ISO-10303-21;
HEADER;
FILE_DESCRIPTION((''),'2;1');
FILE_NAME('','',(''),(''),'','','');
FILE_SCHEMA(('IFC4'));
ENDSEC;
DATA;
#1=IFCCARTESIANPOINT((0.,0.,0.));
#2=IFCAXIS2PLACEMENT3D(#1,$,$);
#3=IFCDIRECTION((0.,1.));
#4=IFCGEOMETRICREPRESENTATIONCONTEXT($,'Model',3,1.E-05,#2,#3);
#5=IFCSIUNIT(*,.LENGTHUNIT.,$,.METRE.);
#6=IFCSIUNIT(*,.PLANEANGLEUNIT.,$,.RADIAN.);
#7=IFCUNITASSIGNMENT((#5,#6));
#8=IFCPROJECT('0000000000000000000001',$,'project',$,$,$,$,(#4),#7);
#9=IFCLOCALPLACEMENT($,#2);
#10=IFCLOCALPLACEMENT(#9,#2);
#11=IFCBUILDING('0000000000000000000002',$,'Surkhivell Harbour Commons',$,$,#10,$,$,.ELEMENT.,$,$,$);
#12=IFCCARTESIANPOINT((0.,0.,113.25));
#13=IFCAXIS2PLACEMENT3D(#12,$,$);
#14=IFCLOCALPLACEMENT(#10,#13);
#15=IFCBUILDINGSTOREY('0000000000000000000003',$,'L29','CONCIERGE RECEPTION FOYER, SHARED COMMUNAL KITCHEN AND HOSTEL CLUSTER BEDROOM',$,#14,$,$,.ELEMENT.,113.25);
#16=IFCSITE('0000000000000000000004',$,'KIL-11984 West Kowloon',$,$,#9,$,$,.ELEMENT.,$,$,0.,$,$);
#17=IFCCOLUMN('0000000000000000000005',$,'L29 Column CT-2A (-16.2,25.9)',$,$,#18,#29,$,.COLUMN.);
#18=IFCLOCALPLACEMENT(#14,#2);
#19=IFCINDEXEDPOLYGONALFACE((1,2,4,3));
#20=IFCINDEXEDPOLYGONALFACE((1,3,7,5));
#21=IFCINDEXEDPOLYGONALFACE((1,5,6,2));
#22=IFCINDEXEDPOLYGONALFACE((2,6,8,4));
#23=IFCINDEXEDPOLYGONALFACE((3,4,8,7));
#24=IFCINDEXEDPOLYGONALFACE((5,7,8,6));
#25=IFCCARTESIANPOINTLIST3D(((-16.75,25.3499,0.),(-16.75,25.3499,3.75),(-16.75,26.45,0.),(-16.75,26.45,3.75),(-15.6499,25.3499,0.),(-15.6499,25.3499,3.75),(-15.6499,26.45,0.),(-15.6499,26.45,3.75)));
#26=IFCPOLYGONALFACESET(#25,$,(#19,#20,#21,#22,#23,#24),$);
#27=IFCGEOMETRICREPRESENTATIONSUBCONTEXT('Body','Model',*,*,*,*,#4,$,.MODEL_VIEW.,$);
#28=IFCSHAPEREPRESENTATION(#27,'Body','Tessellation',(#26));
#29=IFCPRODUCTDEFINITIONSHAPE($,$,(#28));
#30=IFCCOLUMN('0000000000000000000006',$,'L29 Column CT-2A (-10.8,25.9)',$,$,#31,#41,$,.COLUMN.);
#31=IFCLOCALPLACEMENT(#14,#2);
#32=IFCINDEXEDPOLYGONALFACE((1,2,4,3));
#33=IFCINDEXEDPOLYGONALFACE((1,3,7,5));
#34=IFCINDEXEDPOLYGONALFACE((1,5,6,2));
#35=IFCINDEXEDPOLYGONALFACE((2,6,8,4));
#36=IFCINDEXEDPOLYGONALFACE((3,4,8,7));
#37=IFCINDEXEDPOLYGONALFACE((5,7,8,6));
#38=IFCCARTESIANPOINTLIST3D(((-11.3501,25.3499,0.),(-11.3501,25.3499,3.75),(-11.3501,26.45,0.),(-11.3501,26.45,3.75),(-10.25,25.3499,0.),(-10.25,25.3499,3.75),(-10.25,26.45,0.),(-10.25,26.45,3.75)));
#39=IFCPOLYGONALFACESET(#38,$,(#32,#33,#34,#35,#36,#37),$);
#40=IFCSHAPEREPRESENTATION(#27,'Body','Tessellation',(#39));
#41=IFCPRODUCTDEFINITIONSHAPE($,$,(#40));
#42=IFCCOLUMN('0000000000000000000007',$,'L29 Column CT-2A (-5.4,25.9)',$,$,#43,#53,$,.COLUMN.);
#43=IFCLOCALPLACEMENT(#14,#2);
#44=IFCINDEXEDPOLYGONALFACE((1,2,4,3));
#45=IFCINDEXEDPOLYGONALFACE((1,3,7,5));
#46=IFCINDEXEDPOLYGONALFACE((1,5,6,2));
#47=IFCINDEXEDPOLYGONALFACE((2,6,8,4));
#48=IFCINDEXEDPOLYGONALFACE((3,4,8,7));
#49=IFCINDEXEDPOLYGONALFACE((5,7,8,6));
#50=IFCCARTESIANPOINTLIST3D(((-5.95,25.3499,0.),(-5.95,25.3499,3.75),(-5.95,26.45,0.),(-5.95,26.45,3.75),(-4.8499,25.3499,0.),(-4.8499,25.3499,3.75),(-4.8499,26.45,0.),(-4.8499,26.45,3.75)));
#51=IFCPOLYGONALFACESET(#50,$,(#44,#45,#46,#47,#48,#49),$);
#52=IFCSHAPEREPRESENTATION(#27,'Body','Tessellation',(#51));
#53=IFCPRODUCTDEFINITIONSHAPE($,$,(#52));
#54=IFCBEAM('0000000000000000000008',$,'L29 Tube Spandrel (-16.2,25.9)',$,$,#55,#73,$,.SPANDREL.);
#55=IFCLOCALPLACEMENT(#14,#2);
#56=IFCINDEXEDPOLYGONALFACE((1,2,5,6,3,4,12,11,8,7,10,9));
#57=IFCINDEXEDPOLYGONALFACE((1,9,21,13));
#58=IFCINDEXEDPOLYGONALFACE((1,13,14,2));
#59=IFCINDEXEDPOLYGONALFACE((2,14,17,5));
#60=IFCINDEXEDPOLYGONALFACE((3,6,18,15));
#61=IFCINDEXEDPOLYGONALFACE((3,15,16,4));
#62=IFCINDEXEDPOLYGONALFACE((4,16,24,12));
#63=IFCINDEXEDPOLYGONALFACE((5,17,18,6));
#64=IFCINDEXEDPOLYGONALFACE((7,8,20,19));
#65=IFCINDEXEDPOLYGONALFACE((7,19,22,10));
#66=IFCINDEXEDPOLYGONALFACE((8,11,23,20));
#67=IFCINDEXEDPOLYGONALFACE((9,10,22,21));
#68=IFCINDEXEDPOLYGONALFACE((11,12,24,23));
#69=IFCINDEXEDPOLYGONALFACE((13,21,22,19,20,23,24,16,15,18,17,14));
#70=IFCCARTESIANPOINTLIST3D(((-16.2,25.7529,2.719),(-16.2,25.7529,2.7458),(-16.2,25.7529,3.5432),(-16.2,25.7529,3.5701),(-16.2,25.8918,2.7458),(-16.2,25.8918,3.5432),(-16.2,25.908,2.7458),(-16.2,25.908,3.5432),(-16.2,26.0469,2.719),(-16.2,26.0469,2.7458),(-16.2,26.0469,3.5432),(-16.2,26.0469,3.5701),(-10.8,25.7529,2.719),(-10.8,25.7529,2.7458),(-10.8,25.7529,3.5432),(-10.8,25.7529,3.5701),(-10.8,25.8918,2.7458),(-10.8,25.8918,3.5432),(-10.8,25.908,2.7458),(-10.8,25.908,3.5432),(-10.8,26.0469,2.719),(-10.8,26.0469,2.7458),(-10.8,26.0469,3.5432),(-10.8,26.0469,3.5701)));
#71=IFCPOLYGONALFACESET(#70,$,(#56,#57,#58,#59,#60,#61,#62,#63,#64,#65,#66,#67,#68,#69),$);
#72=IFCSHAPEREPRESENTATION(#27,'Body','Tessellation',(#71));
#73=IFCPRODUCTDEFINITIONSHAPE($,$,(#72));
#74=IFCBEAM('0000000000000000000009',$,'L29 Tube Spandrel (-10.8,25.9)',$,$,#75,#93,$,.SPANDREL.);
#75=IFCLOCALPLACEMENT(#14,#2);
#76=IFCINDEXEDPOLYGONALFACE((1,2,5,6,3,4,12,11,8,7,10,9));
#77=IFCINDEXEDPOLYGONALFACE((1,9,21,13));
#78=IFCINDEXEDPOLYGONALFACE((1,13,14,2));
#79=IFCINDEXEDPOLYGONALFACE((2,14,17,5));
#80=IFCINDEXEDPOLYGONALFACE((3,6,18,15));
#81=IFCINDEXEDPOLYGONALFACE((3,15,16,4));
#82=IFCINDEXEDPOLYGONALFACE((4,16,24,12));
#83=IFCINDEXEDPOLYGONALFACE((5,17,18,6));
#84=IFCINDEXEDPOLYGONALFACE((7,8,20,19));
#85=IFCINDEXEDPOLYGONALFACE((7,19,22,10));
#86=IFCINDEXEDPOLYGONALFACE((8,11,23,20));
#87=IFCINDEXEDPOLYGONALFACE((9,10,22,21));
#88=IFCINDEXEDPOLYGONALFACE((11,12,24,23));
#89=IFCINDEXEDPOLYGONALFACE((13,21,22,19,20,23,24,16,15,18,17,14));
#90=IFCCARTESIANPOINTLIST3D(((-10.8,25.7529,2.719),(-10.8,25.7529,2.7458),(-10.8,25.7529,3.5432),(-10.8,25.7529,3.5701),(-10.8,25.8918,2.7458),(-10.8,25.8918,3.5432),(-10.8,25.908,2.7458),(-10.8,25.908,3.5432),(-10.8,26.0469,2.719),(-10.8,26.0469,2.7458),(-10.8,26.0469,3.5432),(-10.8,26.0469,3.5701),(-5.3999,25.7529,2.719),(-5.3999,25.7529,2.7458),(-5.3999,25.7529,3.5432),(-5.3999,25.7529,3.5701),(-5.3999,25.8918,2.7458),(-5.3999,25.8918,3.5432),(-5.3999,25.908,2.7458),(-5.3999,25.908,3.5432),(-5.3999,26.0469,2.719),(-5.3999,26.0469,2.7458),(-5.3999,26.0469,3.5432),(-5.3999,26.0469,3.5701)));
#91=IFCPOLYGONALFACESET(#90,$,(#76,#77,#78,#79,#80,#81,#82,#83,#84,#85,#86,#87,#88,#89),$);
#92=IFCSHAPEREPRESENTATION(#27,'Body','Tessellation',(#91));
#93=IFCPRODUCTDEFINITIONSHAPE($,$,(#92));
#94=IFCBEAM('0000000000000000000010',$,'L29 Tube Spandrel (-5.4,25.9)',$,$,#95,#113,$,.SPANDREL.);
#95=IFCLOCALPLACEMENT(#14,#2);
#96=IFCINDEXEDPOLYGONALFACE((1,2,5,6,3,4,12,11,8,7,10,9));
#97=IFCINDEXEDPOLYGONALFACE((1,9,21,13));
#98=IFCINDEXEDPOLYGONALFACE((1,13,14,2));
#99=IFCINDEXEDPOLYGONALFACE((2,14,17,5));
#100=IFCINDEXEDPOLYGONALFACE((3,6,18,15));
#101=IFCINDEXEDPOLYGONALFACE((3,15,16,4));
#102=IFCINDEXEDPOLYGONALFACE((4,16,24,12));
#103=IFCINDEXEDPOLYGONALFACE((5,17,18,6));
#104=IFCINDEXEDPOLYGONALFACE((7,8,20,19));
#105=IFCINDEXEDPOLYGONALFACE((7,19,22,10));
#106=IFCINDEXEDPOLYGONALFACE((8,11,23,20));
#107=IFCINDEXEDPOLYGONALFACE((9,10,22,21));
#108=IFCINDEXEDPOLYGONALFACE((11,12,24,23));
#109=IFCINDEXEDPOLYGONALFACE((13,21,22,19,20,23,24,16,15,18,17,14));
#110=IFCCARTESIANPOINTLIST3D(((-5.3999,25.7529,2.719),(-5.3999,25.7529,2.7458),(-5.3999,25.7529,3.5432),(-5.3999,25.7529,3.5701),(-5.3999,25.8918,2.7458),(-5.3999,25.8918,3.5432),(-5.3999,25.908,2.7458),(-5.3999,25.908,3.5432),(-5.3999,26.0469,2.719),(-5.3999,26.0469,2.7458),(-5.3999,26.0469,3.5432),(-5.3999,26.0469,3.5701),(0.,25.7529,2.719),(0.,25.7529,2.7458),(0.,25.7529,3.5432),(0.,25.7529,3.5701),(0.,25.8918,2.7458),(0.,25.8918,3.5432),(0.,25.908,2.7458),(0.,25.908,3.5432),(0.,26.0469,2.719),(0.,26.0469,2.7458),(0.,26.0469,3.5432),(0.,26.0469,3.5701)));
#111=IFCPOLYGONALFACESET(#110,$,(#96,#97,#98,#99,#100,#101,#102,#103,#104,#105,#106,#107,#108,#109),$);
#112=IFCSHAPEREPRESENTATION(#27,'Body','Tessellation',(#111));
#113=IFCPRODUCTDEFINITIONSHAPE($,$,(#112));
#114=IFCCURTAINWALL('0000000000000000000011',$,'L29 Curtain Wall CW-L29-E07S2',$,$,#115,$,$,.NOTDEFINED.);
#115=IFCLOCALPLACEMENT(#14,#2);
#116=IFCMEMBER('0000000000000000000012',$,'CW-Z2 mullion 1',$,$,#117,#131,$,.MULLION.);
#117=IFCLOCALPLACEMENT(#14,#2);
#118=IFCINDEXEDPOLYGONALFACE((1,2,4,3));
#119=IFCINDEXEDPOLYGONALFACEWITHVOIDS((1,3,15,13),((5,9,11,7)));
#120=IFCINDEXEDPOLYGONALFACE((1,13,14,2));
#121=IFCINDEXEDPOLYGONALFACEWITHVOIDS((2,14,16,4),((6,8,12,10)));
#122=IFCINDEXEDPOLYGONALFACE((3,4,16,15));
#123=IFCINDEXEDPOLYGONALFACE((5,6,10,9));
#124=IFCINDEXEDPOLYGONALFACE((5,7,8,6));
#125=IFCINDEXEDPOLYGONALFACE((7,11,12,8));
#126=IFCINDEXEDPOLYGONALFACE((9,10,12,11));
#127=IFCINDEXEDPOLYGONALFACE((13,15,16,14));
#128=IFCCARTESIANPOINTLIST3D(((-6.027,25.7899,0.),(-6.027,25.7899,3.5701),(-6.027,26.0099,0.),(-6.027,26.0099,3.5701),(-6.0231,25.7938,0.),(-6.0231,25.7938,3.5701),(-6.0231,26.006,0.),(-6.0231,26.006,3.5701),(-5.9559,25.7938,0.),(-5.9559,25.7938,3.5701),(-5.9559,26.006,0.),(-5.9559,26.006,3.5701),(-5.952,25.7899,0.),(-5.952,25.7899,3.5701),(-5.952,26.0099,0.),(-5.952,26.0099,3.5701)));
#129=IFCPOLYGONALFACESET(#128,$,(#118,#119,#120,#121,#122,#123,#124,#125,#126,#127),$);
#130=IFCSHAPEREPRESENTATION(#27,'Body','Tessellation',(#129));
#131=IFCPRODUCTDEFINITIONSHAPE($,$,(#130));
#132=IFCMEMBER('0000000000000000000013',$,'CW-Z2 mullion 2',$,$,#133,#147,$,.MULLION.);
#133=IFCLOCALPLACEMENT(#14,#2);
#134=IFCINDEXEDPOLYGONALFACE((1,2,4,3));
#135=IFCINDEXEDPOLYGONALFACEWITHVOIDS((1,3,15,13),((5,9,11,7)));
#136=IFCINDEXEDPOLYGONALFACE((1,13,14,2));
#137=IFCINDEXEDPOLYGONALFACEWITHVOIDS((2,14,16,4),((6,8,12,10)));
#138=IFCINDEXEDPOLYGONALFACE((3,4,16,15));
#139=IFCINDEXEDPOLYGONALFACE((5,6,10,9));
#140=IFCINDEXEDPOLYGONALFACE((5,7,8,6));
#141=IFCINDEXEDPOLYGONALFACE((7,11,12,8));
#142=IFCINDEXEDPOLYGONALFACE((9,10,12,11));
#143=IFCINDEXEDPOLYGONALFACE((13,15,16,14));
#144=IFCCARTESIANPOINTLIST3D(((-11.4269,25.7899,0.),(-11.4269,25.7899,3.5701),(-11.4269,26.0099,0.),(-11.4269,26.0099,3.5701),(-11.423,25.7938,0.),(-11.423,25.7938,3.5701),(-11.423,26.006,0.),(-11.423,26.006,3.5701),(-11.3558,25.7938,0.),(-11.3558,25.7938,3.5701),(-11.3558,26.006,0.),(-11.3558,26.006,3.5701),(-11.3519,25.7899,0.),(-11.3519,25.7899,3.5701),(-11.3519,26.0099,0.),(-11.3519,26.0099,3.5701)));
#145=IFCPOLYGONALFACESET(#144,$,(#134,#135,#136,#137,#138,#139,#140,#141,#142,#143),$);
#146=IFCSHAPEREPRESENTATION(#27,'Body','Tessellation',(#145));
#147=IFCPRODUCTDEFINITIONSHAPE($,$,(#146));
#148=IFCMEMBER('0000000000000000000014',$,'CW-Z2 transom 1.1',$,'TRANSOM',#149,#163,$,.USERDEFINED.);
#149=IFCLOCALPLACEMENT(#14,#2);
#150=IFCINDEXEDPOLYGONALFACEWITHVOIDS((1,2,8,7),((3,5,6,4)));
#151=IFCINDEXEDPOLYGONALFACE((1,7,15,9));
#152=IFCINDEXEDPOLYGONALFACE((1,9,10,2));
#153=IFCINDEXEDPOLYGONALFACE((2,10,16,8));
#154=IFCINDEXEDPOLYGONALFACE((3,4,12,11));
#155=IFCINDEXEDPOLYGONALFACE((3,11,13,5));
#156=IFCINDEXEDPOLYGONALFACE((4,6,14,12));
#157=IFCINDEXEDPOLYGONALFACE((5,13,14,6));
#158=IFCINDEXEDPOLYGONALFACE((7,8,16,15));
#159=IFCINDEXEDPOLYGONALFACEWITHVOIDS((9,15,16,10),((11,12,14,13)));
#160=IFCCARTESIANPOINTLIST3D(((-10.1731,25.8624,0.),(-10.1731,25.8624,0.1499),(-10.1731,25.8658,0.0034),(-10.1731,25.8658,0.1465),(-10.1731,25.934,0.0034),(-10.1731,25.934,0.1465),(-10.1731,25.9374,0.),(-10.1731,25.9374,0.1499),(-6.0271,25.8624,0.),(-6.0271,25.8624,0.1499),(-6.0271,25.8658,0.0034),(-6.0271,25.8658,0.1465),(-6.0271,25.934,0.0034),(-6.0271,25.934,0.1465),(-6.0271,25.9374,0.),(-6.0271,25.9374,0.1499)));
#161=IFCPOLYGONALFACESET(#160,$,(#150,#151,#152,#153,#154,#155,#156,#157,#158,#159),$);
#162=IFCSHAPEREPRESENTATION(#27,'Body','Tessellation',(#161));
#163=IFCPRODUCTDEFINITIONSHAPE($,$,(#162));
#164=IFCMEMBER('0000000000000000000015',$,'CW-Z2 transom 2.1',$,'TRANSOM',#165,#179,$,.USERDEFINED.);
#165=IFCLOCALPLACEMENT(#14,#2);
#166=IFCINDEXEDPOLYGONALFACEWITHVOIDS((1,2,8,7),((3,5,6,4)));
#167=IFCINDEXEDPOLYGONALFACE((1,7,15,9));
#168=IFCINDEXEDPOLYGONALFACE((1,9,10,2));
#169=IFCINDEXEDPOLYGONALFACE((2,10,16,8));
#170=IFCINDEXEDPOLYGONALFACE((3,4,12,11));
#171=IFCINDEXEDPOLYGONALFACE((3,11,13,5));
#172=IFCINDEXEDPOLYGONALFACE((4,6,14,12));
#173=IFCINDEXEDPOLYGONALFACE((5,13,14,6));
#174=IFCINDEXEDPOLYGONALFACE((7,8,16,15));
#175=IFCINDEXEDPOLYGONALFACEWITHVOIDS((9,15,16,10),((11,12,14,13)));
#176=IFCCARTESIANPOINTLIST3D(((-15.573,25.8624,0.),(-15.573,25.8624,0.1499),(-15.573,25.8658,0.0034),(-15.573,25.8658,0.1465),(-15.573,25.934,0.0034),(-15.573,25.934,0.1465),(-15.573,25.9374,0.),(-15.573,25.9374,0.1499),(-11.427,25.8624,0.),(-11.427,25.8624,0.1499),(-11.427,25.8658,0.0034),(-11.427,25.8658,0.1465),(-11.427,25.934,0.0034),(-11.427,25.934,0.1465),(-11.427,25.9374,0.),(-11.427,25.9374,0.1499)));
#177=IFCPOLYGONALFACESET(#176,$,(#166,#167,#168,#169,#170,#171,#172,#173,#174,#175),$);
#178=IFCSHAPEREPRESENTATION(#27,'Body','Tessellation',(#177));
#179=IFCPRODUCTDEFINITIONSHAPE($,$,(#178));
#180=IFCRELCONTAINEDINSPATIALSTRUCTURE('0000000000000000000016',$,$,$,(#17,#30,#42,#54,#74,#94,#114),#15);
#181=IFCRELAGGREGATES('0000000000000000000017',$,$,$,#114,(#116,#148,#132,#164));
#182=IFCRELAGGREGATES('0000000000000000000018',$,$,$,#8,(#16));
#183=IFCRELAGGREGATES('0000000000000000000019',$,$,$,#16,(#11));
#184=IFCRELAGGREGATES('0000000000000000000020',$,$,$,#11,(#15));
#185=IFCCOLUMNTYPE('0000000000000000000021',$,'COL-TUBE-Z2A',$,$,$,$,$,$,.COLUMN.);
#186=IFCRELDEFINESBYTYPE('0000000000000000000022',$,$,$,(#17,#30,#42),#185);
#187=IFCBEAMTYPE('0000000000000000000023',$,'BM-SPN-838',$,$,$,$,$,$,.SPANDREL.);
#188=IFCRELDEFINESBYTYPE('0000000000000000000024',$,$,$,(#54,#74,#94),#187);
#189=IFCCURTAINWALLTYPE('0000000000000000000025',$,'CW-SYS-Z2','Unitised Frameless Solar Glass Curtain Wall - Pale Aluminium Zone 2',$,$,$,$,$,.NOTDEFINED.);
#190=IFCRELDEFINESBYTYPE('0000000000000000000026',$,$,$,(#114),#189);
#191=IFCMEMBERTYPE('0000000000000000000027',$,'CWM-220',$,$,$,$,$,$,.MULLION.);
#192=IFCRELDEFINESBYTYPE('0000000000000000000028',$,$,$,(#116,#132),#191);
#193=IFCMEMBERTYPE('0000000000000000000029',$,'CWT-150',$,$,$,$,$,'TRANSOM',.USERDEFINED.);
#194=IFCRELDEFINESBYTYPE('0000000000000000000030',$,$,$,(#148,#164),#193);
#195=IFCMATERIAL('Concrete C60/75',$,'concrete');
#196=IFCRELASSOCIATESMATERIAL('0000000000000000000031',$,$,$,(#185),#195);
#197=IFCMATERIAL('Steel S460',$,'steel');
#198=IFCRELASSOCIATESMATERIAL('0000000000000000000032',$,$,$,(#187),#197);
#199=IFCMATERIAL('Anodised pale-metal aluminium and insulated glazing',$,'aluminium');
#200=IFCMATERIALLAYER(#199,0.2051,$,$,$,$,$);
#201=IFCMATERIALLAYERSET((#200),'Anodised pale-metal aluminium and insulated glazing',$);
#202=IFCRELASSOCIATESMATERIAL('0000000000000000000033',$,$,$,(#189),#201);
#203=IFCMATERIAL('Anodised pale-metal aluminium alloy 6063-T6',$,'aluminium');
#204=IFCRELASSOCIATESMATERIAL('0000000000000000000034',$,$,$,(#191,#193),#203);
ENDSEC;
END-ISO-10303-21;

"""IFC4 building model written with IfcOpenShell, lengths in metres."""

from ifc_helpers import new_model, si_unit, direction, frame, origin, origin_2d, place, context, subcontext, project, spatial, rectangle, hollow_rectangle, i_section, extrude, material, layer, layer_set, material_profile, profile_set, type_object, element, aggregate, save


model = new_model("IFC4")

# Units and contexts
model_context = context("Model", 3, precision=1e-05, world=origin(), true_north=direction((0.0, 1.0)))
body_context = subcontext(model_context, "Body", "Model", "MODEL_VIEW")
ifc_project = project(units=[si_unit("LENGTHUNIT", "METRE"), si_unit("PLANEANGLEUNIT", "RADIAN")], contexts=[model_context])

# Site, building, storey
site_placement = place(None, origin())
site = spatial("IfcSite", under=ifc_project, at=site_placement, Name="KIL-11984 West Kowloon", CompositionType="ELEMENT", RefElevation=0.0)
building_placement = place(site_placement, origin())
building = spatial("IfcBuilding", under=site, at=building_placement, Name="Surkhivell Harbour Commons", CompositionType="ELEMENT")
storey_placement = place(building_placement, frame((0.0, 0.0, 113.25)))
storey = spatial("IfcBuildingStorey", under=building, at=storey_placement, Name="L29", Description="CONCIERGE RECEPTION FOYER, SHARED COMMUNAL KITCHEN AND HOSTEL CLUSTER BEDROOM", CompositionType="ELEMENT", Elevation=113.25)

# Columns
ifc_material_1 = material(Name="Concrete C60/75", Category="concrete")
ifc_material_profile_1 = material_profile(ifc_material_1, rectangle(XDim=1.1001, YDim=1.1001, at=origin_2d()), Name="RC-COL-1100x1100")
ifc_profile_set_1 = profile_set([ifc_material_profile_1], Name="Concrete C60/75")
column_type = type_object("IfcColumnType", Name="COL-TUBE-Z2A", PredefinedType="COLUMN", material=ifc_profile_set_1)
for number, where, z_axis, x_axis, name in (
    (1, (-16.2, 25.8999, 0.0), (0.0, 0.0, 1.0), (1.0, 0.0, 0.0), "L29 Column CT-2A (-16.2,25.9)"),
    (2, (-10.8, 25.8999, 0.0), (0.0, 0.0, 1.0), (1.0, 0.0, 0.0), "L29 Column CT-2A (-10.8,25.9)"),
    (3, (-5.3999, 25.8999, 0.0), (0.0, 0.0, 1.0), (1.0, 0.0, 0.0), "L29 Column CT-2A (-5.4,25.9)"),
):
    element("IfcColumn", number, at=place(storey_placement, frame(where, z_axis=z_axis, x_axis=x_axis)), inside=storey, type_object=column_type, Name=name, PredefinedType="COLUMN", context=body_context, shape_type="SweptSolid", body=[
        extrude(rectangle(XDim=1.1001, YDim=1.1001, at=origin_2d()), origin(), (0.0, 0.0, 1.0), 3.75),
    ])

# Beams
ifc_material_2 = material(Name="Steel S460", Category="steel")
ifc_material_profile_2 = material_profile(ifc_material_2, i_section(OverallWidth=0.2939, OverallDepth=0.8511, WebThickness=0.0161, FlangeThickness=0.0269, at=origin_2d()), Name="UB838x292x226")
ifc_profile_set_2 = profile_set([ifc_material_profile_2], Name="Steel S460")
beam_type = type_object("IfcBeamType", Name="BM-SPN-838", PredefinedType="SPANDREL", material=ifc_profile_set_2)
beam_1_placement = place(storey_placement, frame((-16.2, 25.8999, 3.1445), z_axis=(1.0, 0.0, 0.0), x_axis=(0.0, 1.0, 0.0)))
element("IfcBeam", 4, at=beam_1_placement, inside=storey, type_object=beam_type, Name="L29 Tube Spandrel (-16.2,25.9)", PredefinedType="SPANDREL", context=body_context, shape_type="SweptSolid", body=[
    extrude(i_section(OverallWidth=0.2939, OverallDepth=0.8511, WebThickness=0.0161, FlangeThickness=0.0269, at=origin_2d()), origin(), (0.0, 0.0, 1.0), 5.3999),
])
beam_2_placement = place(storey_placement, frame((-10.8, 25.8999, 3.1445), z_axis=(1.0, 0.0, 0.0), x_axis=(0.0, 1.0, 0.0)))
element("IfcBeam", 5, at=beam_2_placement, inside=storey, type_object=beam_type, Name="L29 Tube Spandrel (-10.8,25.9)", PredefinedType="SPANDREL", context=body_context, shape_type="SweptSolid", body=[
    extrude(i_section(OverallWidth=0.2939, OverallDepth=0.8511, WebThickness=0.0161, FlangeThickness=0.0269, at=origin_2d()), origin(), (0.0, 0.0, 1.0), 5.4001),
])
beam_3_placement = place(storey_placement, frame((-5.3999, 25.8999, 3.1445), z_axis=(1.0, 0.0, 0.0), x_axis=(0.0, 1.0, 0.0)))
element("IfcBeam", 6, at=beam_3_placement, inside=storey, type_object=beam_type, Name="L29 Tube Spandrel (-5.4,25.9)", PredefinedType="SPANDREL", context=body_context, shape_type="SweptSolid", body=[
    extrude(i_section(OverallWidth=0.2939, OverallDepth=0.8511, WebThickness=0.0161, FlangeThickness=0.0269, at=origin_2d()), origin(), (0.0, 0.0, 1.0), 5.3999),
])

# Curtain wall, members
ifc_material_3 = material(Name="Anodised pale-metal aluminium and insulated glazing", Category="aluminium")
ifc_layer_1 = layer(ifc_material_3, 0.2051)
ifc_layer_set_1 = layer_set([ifc_layer_1], Name="Anodised pale-metal aluminium and insulated glazing")
curtain_wall_type = type_object("IfcCurtainWallType", Name="CW-SYS-Z2", Description="Unitised Frameless Solar Glass Curtain Wall - Pale Aluminium Zone 2", PredefinedType="NOTDEFINED", material=ifc_layer_set_1)
curtain_wall_placement = place(storey_placement, origin())
curtain_wall = element("IfcCurtainWall", 7, at=curtain_wall_placement, inside=storey, type_object=curtain_wall_type, Name="L29 Curtain Wall CW-L29-E07S2", PredefinedType="NOTDEFINED")
ifc_material_4 = material(Name="Anodised pale-metal aluminium alloy 6063-T6", Category="aluminium")
ifc_material_profile_3 = material_profile(ifc_material_4, hollow_rectangle(XDim=0.075, YDim=0.22, WallThickness=0.0039, at=origin_2d()), Name="ALU-MULL-75x220")
ifc_profile_set_3 = profile_set([ifc_material_profile_3], Name="Anodised pale-metal aluminium alloy 6063-T6")
member_type_1 = type_object("IfcMemberType", Name="CWM-220", PredefinedType="MULLION", material=ifc_profile_set_3)
member_1_placement = place(storey_placement, frame((-5.9895, 25.8999, 0.0), z_axis=(0.0, 0.0, 1.0), x_axis=(-1.0, 0.0, 0.0)))
member_1 = element("IfcMember", 8, at=member_1_placement, type_object=member_type_1, Name="CW-Z2 mullion 1", PredefinedType="MULLION", context=body_context, shape_type="SweptSolid", body=[
    extrude(hollow_rectangle(XDim=0.075, YDim=0.22, WallThickness=0.0039, at=origin_2d()), origin(), (0.0, 0.0, 1.0), 3.5701),
])
member_2_placement = place(storey_placement, frame((-11.3894, 25.8999, 0.0), z_axis=(0.0, 0.0, 1.0), x_axis=(-1.0, 0.0, 0.0)))
member_2 = element("IfcMember", 9, at=member_2_placement, type_object=member_type_1, Name="CW-Z2 mullion 2", PredefinedType="MULLION", context=body_context, shape_type="SweptSolid", body=[
    extrude(hollow_rectangle(XDim=0.075, YDim=0.22, WallThickness=0.0039, at=origin_2d()), origin(), (0.0, 0.0, 1.0), 3.5701),
])
ifc_material_profile_4 = material_profile(ifc_material_4, hollow_rectangle(XDim=0.075, YDim=0.1499, WallThickness=0.0034, at=origin_2d()), Name="ALU-TRAN-75x150")
ifc_profile_set_4 = profile_set([ifc_material_profile_4], Name="Anodised pale-metal aluminium alloy 6063-T6")
member_type_2 = type_object("IfcMemberType", Name="CWT-150", ElementType="TRANSOM", PredefinedType="USERDEFINED", material=ifc_profile_set_4)
member_3_placement = place(storey_placement, frame((-6.0271, 25.8999, 0.075), z_axis=(-1.0, 0.0, 0.0), x_axis=(0.0, -1.0, 0.0)))
member_3 = element("IfcMember", 10, at=member_3_placement, type_object=member_type_2, Name="CW-Z2 transom 1.1", ObjectType="TRANSOM", PredefinedType="USERDEFINED", context=body_context, shape_type="SweptSolid", body=[
    extrude(hollow_rectangle(XDim=0.075, YDim=0.1499, WallThickness=0.0034, at=origin_2d()), origin(), (0.0, 0.0, 1.0), 4.146),
])
member_4_placement = place(storey_placement, frame((-11.427, 25.8999, 0.075), z_axis=(-1.0, 0.0, 0.0), x_axis=(0.0, -1.0, 0.0)))
member_4 = element("IfcMember", 11, at=member_4_placement, type_object=member_type_2, Name="CW-Z2 transom 2.1", ObjectType="TRANSOM", PredefinedType="USERDEFINED", context=body_context, shape_type="SweptSolid", body=[
    extrude(hollow_rectangle(XDim=0.075, YDim=0.1499, WallThickness=0.0034, at=origin_2d()), origin(), (0.0, 0.0, 1.0), 4.146),
])

aggregate(curtain_wall, [member_1, member_3, member_2, member_4])

save(model, "model.ifc")
